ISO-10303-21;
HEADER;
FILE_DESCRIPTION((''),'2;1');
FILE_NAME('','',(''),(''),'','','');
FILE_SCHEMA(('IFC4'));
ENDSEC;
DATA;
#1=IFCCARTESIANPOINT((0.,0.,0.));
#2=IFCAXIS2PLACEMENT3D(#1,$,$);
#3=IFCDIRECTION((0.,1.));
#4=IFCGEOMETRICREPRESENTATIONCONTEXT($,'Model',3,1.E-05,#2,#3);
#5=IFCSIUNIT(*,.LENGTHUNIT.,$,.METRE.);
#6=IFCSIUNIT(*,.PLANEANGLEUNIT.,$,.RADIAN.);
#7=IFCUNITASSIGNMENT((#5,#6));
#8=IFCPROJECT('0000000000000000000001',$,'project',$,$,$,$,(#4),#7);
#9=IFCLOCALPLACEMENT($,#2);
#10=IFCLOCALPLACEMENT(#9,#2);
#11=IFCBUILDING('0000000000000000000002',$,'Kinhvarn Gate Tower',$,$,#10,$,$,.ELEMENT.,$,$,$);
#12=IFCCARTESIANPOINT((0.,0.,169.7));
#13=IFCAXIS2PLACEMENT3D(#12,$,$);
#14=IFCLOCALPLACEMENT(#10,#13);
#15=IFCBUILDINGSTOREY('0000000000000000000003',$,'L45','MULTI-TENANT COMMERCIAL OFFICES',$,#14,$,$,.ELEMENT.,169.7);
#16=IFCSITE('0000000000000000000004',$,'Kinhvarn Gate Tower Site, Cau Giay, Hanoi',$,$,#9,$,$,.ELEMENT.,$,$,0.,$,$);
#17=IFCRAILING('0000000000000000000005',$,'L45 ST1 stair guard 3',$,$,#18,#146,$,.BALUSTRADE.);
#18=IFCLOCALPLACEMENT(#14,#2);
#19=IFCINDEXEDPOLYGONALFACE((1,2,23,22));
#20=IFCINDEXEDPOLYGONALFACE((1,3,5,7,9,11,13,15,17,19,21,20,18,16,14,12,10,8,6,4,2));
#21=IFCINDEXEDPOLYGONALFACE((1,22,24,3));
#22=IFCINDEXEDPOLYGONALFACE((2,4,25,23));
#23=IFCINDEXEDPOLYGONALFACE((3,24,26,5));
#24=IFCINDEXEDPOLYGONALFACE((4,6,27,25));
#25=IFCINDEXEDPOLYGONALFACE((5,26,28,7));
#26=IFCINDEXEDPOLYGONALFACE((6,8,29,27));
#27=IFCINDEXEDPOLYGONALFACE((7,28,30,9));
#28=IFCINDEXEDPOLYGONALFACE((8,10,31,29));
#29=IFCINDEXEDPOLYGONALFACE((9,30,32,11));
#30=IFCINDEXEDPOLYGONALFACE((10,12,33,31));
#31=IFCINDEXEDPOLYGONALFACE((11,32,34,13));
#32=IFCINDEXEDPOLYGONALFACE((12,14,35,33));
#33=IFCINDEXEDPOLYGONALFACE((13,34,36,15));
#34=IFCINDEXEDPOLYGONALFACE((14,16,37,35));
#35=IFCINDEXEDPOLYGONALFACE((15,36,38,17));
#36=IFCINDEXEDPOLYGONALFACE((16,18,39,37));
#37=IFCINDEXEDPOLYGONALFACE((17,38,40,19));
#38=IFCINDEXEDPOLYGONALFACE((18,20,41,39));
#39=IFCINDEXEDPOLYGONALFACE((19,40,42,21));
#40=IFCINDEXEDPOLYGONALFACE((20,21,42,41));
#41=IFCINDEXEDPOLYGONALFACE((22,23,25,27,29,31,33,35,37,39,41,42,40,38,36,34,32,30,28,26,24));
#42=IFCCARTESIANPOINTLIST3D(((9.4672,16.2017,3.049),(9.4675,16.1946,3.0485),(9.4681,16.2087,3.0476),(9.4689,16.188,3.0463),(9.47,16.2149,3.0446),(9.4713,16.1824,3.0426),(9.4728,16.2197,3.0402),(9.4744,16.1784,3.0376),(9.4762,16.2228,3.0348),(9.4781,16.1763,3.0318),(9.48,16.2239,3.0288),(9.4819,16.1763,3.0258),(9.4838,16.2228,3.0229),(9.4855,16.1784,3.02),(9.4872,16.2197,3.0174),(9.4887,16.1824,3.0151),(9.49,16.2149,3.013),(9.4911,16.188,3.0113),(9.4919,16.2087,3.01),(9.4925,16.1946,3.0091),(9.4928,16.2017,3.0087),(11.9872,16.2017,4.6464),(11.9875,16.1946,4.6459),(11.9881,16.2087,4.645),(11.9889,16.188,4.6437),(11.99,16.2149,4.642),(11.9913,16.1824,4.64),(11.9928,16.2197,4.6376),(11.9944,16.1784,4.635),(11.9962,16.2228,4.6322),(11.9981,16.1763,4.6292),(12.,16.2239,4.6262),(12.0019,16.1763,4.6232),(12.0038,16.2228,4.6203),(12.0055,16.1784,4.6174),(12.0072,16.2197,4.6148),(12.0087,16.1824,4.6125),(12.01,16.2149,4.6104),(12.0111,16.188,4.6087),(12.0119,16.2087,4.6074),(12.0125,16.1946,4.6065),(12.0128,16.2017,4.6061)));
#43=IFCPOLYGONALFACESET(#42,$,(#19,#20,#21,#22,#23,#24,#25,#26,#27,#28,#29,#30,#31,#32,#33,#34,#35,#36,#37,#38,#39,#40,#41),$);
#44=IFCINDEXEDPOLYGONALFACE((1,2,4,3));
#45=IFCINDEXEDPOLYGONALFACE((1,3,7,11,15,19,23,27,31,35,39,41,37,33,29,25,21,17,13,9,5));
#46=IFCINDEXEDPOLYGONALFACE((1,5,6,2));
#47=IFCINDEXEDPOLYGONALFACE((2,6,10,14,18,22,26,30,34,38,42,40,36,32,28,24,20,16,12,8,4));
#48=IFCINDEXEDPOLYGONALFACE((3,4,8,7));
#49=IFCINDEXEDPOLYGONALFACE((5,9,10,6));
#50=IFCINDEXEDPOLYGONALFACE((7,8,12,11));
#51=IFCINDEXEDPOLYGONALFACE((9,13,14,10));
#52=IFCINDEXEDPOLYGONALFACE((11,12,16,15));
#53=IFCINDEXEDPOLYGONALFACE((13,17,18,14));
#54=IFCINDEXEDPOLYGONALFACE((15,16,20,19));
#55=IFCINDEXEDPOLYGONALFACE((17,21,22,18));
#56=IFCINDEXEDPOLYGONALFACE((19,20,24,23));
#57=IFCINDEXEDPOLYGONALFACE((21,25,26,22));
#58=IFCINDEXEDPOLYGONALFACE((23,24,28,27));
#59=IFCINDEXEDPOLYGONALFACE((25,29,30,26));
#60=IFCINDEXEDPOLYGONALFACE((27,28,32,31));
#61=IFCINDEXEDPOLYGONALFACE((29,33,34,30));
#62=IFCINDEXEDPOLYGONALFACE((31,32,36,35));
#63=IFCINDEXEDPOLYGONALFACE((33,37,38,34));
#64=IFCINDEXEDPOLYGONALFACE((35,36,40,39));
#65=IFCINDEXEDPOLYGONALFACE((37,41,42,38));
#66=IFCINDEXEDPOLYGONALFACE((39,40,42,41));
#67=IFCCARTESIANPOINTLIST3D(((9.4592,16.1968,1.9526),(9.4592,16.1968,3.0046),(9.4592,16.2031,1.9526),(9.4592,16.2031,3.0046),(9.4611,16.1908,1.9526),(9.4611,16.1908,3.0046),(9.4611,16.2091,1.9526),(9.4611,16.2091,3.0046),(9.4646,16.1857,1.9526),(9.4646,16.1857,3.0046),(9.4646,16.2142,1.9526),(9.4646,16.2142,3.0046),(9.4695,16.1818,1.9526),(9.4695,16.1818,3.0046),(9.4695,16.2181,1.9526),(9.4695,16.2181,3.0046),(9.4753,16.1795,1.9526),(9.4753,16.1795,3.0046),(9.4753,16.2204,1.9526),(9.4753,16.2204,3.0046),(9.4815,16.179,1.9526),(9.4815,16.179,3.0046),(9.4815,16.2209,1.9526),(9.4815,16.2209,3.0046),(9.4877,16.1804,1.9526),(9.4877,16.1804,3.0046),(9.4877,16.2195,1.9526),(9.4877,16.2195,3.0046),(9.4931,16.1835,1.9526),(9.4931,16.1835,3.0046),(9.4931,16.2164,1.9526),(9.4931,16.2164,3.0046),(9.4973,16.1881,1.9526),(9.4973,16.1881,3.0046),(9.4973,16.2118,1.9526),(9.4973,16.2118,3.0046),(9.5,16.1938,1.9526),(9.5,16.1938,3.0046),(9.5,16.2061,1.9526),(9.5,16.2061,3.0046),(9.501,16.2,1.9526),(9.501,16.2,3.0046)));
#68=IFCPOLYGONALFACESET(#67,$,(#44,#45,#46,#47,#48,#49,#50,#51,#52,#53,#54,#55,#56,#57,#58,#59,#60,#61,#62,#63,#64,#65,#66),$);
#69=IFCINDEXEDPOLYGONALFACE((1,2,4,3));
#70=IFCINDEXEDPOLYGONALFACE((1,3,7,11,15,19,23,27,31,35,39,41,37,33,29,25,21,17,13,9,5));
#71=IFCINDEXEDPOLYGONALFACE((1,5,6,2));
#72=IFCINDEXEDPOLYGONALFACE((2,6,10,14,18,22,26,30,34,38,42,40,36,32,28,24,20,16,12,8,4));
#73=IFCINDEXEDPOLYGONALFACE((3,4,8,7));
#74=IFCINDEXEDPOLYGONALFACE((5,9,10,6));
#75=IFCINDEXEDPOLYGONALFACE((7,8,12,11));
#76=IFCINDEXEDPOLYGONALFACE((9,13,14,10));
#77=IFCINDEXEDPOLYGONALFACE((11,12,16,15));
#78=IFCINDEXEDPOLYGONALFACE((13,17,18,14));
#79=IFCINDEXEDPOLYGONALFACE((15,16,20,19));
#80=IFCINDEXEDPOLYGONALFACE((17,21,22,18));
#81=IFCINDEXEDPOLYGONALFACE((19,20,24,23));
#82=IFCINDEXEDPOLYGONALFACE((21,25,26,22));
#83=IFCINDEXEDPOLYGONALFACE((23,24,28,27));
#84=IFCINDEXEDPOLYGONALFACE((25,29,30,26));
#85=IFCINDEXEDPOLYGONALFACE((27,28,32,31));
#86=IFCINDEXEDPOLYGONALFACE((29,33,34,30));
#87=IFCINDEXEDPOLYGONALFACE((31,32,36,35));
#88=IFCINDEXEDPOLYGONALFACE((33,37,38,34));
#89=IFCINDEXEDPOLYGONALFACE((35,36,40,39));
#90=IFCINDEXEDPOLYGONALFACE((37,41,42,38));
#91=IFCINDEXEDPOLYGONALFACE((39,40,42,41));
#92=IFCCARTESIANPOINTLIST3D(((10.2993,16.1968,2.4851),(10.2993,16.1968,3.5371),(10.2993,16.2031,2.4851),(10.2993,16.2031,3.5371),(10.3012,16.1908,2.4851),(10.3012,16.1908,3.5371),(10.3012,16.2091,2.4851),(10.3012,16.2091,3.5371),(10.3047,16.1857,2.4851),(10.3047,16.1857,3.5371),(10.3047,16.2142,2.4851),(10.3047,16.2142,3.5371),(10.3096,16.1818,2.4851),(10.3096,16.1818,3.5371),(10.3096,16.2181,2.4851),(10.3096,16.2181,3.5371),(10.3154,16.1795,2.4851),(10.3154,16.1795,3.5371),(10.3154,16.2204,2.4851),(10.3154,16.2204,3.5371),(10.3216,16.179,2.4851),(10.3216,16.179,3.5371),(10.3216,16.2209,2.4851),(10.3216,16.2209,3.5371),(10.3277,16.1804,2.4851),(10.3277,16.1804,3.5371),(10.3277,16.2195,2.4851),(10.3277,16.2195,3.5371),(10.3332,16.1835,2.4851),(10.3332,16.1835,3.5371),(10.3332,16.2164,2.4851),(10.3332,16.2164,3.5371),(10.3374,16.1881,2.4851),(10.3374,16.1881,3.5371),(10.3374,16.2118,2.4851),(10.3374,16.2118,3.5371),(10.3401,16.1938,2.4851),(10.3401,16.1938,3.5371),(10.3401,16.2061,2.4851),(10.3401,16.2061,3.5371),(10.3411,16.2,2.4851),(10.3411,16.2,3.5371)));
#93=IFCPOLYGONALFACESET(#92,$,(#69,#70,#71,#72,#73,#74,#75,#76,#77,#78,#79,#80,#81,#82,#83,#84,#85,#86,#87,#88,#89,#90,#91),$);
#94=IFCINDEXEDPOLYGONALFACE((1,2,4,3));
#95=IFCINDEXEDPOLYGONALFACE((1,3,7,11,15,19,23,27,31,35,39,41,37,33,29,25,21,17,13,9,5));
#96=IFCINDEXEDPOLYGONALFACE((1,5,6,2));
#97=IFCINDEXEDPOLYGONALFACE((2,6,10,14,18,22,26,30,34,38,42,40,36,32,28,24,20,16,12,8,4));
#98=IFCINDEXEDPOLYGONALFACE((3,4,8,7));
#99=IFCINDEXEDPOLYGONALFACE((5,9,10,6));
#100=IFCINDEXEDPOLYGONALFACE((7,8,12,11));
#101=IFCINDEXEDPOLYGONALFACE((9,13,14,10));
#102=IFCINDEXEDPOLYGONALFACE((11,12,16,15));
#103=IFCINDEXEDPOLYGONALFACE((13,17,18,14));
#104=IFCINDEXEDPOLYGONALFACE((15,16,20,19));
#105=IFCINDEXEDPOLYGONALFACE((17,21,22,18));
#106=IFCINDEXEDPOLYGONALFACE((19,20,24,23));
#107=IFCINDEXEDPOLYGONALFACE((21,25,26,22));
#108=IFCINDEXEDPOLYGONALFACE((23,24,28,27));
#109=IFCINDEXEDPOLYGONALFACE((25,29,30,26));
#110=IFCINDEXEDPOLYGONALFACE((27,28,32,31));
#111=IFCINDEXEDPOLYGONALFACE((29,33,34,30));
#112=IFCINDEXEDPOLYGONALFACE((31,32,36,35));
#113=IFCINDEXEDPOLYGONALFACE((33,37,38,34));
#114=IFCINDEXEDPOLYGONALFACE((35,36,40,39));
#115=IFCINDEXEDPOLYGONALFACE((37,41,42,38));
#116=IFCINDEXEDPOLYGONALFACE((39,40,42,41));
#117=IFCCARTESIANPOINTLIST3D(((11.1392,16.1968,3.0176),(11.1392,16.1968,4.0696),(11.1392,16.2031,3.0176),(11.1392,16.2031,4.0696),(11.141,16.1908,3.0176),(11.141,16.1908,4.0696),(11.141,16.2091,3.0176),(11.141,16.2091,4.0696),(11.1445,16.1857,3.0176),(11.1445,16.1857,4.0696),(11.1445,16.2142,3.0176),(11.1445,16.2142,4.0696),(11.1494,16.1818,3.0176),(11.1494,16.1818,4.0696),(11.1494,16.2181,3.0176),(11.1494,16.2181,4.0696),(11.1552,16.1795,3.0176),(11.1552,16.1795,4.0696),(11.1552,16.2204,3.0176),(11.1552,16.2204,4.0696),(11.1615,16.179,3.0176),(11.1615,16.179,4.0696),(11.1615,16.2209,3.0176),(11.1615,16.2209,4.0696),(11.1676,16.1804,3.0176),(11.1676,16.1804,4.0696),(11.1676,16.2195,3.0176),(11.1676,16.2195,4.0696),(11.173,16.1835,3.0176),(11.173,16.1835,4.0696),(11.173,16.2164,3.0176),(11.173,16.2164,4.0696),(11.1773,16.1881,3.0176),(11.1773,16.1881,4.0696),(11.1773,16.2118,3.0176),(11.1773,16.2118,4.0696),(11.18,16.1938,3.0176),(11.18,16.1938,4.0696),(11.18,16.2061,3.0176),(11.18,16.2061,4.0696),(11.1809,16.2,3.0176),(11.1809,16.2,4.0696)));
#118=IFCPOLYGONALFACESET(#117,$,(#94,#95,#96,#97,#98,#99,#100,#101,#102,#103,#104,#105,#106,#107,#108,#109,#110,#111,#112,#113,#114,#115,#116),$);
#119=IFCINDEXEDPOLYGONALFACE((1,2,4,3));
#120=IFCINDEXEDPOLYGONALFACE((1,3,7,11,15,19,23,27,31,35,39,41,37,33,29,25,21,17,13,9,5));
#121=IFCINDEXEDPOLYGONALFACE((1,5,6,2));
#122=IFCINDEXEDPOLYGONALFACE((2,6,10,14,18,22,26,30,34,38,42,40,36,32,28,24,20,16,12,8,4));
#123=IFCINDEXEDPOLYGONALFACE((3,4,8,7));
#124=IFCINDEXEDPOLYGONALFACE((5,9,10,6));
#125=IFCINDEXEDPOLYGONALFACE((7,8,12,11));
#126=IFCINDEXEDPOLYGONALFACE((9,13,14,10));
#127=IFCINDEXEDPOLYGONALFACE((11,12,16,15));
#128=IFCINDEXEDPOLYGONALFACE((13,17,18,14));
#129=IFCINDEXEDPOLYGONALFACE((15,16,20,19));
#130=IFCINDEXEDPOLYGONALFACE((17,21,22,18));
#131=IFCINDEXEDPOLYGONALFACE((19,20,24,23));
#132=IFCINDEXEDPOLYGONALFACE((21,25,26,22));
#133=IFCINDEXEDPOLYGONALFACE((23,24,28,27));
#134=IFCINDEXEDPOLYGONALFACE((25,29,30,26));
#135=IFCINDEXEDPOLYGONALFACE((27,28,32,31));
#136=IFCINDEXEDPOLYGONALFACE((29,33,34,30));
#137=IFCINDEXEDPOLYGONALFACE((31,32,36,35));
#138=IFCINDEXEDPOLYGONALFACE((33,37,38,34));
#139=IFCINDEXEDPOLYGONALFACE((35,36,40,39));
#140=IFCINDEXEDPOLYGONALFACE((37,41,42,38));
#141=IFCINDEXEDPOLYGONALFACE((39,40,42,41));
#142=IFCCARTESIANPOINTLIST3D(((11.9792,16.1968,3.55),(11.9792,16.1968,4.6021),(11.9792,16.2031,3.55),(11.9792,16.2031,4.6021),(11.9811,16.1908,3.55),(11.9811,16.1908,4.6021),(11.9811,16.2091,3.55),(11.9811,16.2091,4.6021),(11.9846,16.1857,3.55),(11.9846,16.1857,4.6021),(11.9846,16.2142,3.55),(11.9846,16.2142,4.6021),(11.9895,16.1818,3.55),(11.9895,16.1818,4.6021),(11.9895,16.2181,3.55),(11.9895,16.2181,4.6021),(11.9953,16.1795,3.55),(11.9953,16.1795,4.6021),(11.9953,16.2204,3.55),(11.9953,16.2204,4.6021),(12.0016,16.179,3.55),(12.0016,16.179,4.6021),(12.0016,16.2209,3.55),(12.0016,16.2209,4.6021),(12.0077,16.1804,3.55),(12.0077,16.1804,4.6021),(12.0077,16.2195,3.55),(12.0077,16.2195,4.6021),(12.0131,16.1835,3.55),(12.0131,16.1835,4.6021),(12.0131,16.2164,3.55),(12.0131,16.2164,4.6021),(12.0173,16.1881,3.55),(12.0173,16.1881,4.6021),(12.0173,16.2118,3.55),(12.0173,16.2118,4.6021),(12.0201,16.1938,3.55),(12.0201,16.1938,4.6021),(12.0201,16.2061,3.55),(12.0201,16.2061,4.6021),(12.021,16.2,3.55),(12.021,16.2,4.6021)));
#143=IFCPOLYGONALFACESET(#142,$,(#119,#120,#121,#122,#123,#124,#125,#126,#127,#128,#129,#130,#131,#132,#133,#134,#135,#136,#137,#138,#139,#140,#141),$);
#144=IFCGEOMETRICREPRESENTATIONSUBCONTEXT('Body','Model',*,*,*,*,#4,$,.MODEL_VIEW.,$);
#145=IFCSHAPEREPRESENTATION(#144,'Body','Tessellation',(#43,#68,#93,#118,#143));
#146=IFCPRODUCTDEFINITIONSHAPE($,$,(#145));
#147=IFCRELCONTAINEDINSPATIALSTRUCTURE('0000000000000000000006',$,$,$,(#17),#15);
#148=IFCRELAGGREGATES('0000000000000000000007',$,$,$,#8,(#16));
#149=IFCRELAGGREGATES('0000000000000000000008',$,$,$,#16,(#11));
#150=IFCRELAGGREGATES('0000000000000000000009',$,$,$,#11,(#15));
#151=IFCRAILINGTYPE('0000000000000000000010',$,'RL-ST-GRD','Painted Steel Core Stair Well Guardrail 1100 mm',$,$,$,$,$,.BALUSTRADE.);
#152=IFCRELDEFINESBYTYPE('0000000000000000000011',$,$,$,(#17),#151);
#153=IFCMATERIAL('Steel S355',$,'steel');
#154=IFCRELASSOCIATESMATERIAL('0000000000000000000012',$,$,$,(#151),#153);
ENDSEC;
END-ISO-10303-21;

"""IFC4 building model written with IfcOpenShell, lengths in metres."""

from ifc_helpers import new_model, si_unit, direction, frame, origin, origin_2d, place, context, subcontext, project, spatial, circle, extrude, material, type_object, element, save


model = new_model("IFC4")

# Units and contexts
model_context = context("Model", 3, precision=1e-05, world=origin(), true_north=direction((0.0, 1.0)))
body_context = subcontext(model_context, "Body", "Model", "MODEL_VIEW")
ifc_project = project(units=[si_unit("LENGTHUNIT", "METRE"), si_unit("PLANEANGLEUNIT", "RADIAN")], contexts=[model_context])

# Site, building, storey
site_placement = place(None, origin())
site = spatial("IfcSite", under=ifc_project, at=site_placement, Name="Kinhvarn Gate Tower Site, Cau Giay, Hanoi", CompositionType="ELEMENT", RefElevation=0.0)
building_placement = place(site_placement, origin())
building = spatial("IfcBuilding", under=site, at=building_placement, Name="Kinhvarn Gate Tower", CompositionType="ELEMENT")
storey_placement = place(building_placement, frame((0.0, 0.0, 169.7)))
storey = spatial("IfcBuildingStorey", under=building, at=storey_placement, Name="L45", Description="MULTI-TENANT COMMERCIAL OFFICES", CompositionType="ELEMENT", Elevation=169.7)

# Shared definitions
ifc_material_1 = material(Name="Steel S355", Category="steel")

# Railing
railing_type_1 = type_object("IfcRailingType", Name="RL-ST-GRD", Description="Painted Steel Core Stair Well Guardrail 1100 mm", PredefinedType="BALUSTRADE", material=ifc_material_1)
railing_1_placement = place(storey_placement, frame((9.48, 16.2, 1.9526)))
element("IfcRailing", 1, at=railing_1_placement, inside=storey, type_object=railing_type_1, Name="L45 ST1 stair guard 3", PredefinedType="BALUSTRADE", context=body_context, shape_type="SweptSolid", body=[
    extrude(circle(Radius=0.0239, at=origin_2d()), frame((0.0, 0.0, 1.0762), z_axis=(0.844607, 0.0, 0.535387), x_axis=(0.0, 1.0, 0.0)), (0.0, 0.0, 1.0), 2.9836),
    extrude(circle(Radius=0.021, at=origin_2d()), origin(), (0.0, 0.0, 1.0), 1.052),
    extrude(circle(Radius=0.021, at=origin_2d()), frame((0.8401, 0.0, 0.5325)), (0.0, 0.0, 1.0), 1.052),
    extrude(circle(Radius=0.021, at=origin_2d()), frame((1.6799, 0.0, 1.0649)), (0.0, 0.0, 1.0), 1.052),
    extrude(circle(Radius=0.021, at=origin_2d()), frame((2.52, 0.0, 1.5974)), (0.0, 0.0, 1.0), 1.052),
])

save(model, "model.ifc")
